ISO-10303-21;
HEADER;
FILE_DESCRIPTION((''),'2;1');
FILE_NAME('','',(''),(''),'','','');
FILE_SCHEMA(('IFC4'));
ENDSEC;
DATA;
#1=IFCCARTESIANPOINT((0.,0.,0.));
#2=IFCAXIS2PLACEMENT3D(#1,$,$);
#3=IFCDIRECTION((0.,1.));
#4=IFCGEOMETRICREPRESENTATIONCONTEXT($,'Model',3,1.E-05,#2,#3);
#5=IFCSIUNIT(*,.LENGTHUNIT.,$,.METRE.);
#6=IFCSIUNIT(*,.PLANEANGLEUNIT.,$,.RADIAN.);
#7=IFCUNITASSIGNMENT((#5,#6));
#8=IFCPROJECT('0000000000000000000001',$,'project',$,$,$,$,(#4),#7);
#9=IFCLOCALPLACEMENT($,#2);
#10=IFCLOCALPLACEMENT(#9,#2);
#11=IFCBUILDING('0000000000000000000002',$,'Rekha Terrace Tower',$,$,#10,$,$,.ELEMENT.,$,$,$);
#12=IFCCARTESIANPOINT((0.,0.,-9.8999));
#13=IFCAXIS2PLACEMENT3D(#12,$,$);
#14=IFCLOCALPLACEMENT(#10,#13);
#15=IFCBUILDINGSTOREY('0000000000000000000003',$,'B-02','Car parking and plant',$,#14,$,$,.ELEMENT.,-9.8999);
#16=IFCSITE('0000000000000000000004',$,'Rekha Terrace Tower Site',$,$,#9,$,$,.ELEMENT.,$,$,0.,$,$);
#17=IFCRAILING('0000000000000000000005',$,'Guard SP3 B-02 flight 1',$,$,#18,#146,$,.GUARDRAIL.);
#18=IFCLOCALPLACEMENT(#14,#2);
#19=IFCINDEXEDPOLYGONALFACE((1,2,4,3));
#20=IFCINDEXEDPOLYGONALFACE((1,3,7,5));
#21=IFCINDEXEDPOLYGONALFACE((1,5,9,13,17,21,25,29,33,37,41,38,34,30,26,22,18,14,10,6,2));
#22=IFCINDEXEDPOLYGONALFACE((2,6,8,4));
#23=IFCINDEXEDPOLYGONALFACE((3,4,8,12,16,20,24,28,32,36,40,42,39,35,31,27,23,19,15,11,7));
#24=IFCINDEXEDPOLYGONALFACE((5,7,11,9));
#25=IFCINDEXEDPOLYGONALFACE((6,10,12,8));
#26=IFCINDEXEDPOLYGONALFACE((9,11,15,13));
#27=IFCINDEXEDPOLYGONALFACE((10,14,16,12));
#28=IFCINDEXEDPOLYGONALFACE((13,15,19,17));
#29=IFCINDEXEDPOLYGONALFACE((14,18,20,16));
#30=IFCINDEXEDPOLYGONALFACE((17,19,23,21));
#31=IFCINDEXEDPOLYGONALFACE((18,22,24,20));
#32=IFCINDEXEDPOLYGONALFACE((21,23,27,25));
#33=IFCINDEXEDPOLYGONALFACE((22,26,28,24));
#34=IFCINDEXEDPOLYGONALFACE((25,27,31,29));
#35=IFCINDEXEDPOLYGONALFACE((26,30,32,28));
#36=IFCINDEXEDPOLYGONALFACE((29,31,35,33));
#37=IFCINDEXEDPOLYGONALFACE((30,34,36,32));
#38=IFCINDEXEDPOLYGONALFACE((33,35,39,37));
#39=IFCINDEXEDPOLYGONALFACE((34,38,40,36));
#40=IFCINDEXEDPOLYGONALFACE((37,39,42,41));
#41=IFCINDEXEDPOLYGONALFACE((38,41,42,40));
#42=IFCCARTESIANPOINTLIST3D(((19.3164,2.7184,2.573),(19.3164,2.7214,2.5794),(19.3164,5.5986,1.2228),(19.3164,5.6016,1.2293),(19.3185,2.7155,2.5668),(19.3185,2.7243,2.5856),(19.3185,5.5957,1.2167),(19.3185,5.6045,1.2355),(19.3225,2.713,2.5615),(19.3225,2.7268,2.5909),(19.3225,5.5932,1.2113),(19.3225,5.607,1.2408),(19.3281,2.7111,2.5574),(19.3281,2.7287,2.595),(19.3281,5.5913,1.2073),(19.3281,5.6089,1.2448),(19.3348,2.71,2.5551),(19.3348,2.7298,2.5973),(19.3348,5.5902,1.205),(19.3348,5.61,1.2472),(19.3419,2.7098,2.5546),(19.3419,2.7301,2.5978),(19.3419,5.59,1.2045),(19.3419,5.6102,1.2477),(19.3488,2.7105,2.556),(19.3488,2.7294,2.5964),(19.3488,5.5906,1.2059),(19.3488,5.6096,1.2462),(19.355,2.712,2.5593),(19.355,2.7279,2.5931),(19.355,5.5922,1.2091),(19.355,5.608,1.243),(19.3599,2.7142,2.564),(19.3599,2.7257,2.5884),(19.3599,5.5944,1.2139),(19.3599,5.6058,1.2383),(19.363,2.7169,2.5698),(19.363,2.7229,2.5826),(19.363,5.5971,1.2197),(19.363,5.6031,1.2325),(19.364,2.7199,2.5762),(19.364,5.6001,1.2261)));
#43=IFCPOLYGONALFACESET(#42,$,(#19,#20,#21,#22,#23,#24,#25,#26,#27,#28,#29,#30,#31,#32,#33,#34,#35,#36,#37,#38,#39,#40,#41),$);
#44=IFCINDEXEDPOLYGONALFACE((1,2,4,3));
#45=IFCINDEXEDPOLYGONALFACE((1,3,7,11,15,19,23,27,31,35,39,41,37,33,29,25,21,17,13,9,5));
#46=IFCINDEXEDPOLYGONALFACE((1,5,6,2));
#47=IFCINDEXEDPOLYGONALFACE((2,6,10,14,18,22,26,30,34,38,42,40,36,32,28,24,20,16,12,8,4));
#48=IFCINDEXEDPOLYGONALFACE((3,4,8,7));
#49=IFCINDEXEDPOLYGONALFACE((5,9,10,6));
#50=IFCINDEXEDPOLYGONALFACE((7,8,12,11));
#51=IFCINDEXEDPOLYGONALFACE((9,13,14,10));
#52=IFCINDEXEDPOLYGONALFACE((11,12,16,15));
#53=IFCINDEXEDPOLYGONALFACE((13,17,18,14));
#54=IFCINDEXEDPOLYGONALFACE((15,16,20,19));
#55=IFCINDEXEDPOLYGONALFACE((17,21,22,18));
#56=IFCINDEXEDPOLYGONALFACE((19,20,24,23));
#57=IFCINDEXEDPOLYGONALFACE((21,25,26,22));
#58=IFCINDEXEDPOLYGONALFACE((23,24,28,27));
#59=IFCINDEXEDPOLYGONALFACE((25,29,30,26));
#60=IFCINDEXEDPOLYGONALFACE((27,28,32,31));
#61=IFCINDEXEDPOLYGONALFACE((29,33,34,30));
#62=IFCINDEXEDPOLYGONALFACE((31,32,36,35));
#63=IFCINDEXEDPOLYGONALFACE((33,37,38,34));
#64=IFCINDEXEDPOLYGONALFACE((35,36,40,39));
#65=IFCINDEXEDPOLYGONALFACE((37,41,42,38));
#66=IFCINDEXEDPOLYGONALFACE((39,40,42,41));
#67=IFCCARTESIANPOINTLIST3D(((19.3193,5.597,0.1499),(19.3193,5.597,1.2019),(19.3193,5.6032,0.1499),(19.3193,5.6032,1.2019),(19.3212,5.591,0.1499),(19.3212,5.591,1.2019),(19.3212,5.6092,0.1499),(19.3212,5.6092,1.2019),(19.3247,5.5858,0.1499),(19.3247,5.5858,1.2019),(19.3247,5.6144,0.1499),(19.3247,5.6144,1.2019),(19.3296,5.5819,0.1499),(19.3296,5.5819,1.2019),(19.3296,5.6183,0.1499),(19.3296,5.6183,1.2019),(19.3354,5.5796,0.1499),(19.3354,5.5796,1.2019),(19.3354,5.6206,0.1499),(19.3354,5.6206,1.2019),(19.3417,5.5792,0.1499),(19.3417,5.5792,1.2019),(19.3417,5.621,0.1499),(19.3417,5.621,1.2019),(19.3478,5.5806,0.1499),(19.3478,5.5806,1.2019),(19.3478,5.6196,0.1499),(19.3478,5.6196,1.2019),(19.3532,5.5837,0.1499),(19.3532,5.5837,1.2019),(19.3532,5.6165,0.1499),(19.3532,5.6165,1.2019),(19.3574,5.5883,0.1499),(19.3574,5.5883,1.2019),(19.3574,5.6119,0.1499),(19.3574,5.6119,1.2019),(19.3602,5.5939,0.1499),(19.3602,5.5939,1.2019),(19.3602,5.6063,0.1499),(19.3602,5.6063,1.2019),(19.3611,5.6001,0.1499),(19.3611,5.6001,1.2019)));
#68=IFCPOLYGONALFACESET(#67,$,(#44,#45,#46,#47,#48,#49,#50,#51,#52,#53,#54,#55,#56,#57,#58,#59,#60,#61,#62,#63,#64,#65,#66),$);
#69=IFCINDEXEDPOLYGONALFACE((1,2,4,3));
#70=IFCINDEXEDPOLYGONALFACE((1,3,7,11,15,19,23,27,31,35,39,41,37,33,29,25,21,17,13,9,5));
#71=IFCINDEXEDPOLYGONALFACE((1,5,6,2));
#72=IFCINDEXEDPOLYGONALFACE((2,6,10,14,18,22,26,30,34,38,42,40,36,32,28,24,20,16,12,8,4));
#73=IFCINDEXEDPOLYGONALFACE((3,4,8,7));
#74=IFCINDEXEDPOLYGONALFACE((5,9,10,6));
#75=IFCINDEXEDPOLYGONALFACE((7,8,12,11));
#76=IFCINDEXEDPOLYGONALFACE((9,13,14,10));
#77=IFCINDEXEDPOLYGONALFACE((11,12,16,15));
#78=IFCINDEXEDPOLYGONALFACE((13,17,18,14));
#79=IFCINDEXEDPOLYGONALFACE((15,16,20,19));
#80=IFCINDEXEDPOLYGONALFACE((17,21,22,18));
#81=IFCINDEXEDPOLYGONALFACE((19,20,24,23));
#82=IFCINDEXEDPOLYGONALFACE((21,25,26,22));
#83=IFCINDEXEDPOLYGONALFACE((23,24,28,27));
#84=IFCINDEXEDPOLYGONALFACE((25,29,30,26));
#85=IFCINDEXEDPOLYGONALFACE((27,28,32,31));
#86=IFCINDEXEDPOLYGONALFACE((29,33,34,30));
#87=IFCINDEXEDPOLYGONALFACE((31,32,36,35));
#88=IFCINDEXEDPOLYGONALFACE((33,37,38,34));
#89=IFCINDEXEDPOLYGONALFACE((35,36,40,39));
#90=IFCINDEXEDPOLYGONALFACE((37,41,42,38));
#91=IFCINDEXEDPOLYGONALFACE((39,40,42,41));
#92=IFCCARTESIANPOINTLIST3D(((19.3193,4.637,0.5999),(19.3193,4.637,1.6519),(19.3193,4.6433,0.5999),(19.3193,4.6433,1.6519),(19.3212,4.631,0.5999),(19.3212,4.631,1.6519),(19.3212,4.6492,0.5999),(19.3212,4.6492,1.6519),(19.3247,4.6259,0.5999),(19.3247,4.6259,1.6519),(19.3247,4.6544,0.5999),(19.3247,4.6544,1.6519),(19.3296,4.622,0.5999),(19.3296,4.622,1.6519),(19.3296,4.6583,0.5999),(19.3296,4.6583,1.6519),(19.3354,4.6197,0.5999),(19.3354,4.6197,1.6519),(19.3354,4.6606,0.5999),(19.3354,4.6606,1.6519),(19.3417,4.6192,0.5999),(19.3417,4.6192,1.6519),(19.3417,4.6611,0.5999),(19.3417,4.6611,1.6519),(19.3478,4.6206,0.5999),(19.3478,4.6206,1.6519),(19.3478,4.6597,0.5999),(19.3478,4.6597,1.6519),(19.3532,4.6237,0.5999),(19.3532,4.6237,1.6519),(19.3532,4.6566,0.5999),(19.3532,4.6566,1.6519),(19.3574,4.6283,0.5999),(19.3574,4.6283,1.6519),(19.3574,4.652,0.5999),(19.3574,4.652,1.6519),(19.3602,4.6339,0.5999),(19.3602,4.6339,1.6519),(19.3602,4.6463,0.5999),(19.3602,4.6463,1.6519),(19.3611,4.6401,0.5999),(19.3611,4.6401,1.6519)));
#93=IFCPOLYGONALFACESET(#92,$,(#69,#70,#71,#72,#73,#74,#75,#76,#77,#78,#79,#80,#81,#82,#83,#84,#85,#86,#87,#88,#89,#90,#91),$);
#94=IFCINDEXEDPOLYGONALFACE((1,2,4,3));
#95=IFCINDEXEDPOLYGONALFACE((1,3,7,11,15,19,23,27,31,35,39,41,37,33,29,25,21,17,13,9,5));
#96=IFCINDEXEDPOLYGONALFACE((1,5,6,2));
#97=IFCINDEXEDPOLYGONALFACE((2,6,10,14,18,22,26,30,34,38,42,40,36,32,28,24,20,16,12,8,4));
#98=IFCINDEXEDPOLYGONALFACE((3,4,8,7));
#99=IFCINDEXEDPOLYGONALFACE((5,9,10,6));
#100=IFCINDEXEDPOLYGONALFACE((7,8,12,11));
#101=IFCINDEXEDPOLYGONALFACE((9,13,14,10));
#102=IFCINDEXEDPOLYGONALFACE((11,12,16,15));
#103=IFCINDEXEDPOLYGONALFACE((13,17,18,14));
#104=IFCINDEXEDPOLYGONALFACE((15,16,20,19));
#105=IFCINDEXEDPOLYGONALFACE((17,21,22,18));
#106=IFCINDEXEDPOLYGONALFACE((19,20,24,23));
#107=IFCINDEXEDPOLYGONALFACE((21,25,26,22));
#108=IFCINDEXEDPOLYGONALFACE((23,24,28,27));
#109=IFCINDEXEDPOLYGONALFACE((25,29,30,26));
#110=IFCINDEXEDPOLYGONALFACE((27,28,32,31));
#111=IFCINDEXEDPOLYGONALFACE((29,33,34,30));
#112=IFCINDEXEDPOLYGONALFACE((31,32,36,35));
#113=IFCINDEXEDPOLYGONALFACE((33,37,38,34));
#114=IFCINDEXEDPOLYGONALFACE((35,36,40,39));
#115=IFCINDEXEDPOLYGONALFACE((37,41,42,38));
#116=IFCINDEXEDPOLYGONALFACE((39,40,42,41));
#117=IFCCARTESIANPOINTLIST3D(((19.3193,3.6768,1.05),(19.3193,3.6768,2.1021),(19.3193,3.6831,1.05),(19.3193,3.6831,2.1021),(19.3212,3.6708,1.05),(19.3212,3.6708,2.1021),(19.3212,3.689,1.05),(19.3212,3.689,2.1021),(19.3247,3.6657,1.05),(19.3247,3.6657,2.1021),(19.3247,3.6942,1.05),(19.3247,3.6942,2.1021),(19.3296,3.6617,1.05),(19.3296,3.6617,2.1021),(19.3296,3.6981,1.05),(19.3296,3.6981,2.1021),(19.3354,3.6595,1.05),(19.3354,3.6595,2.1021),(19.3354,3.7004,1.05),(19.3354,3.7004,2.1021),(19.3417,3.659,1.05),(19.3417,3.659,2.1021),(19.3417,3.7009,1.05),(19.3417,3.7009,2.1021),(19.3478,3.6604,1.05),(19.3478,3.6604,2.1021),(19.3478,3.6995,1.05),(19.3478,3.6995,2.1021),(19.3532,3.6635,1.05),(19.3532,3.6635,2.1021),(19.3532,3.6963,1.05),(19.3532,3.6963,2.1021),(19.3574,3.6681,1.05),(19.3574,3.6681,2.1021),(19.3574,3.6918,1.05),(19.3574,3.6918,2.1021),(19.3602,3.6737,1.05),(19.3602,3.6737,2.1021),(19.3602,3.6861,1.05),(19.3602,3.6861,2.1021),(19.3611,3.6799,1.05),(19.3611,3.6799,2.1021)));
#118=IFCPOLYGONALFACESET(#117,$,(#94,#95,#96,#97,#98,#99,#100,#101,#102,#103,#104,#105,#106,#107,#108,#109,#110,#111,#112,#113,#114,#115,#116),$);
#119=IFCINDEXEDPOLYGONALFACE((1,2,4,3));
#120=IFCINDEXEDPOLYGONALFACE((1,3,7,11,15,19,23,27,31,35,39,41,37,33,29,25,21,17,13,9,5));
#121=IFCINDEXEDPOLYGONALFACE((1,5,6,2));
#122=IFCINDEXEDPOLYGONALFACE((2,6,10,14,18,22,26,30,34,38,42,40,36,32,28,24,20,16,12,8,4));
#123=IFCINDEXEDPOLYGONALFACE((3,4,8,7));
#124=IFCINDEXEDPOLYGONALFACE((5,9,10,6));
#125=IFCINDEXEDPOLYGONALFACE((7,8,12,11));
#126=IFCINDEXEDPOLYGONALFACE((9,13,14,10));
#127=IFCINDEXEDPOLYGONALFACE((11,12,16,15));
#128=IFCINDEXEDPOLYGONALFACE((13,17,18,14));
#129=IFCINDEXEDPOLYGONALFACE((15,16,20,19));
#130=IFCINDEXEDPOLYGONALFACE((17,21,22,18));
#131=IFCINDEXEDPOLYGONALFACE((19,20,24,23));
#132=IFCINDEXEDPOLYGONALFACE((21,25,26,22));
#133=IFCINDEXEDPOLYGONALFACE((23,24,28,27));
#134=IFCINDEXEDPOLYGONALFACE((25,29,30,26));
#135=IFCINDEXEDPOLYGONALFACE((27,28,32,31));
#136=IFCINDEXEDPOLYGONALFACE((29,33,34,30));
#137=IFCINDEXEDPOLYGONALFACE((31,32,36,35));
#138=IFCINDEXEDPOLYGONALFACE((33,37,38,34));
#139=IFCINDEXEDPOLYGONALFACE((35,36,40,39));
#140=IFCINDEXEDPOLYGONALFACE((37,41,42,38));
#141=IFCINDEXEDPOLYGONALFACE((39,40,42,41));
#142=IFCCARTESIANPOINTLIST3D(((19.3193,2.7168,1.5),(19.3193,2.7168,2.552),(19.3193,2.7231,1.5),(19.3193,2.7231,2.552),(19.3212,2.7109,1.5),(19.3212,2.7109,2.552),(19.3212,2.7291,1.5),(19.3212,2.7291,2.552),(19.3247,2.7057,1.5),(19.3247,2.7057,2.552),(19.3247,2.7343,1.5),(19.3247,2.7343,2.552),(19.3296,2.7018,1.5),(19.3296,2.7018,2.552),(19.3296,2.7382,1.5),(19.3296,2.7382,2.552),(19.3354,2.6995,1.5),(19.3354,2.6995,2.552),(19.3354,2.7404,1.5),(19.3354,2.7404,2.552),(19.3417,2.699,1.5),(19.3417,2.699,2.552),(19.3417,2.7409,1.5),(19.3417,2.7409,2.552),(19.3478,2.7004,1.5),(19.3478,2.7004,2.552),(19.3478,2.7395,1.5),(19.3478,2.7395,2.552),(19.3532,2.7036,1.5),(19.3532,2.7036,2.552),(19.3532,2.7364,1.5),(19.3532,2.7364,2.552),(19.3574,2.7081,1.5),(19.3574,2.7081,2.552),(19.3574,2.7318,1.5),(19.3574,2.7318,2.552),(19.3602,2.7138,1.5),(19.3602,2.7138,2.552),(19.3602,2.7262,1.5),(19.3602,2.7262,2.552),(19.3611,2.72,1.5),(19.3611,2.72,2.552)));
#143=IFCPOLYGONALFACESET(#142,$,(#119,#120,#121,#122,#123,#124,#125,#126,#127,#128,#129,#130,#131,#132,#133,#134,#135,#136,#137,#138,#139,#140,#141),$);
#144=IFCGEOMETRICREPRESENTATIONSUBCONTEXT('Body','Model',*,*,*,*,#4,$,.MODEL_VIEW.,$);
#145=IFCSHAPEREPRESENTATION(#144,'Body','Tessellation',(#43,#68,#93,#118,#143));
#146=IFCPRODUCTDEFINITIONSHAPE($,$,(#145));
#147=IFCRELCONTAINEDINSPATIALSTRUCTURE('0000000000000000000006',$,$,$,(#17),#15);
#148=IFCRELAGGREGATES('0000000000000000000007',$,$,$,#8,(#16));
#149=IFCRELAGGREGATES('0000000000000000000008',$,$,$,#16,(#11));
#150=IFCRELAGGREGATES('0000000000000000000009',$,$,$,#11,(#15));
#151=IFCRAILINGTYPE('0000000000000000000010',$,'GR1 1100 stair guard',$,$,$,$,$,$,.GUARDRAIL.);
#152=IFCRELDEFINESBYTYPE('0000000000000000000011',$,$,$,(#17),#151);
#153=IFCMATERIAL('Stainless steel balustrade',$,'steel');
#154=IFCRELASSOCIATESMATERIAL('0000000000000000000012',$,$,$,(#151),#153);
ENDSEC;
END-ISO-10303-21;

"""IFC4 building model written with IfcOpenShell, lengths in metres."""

from ifc_helpers import new_model, si_unit, direction, frame, origin, origin_2d, place, context, subcontext, project, spatial, circle, extrude, material, type_object, element, save


model = new_model("IFC4")

# Units and contexts
model_context = context("Model", 3, precision=1e-05, world=origin(), true_north=direction((0.0, 1.0)))
body_context = subcontext(model_context, "Body", "Model", "MODEL_VIEW")
ifc_project = project(units=[si_unit("LENGTHUNIT", "METRE"), si_unit("PLANEANGLEUNIT", "RADIAN")], contexts=[model_context])

# Site, building, storey
site_placement = place(None, origin())
site = spatial("IfcSite", under=ifc_project, at=site_placement, Name="Rekha Terrace Tower Site", CompositionType="ELEMENT", RefElevation=0.0)
building_placement = place(site_placement, origin())
building = spatial("IfcBuilding", under=site, at=building_placement, Name="Rekha Terrace Tower", CompositionType="ELEMENT")
storey_placement = place(building_placement, frame((0.0, 0.0, -9.8999)))
storey = spatial("IfcBuildingStorey", under=building, at=storey_placement, Name="B-02", Description="Car parking and plant", CompositionType="ELEMENT", Elevation=-9.8999)

# Railing
ifc_material_1 = material(Name="Stainless steel balustrade", Category="steel")
railing_type_1 = type_object("IfcRailingType", Name="GR1 1100 stair guard", PredefinedType="GUARDRAIL", material=ifc_material_1)
railing_1_placement = place(storey_placement, frame((19.3401, 5.6001, 0.1499)))
element("IfcRailing", 1, at=railing_1_placement, inside=storey, type_object=railing_type_1, Name="Guard SP3 B-02 flight 1", PredefinedType="GUARDRAIL", context=body_context, shape_type="SweptSolid", body=[
    extrude(circle(Radius=0.0239, at=origin_2d()), frame((0.0, 0.0, 1.0762), z_axis=(0.0, -0.905454, 0.424444), x_axis=(1.0, 0.0, 0.0)), (0.0, 0.0, 1.0), 3.1809),
    extrude(circle(Radius=0.021, at=origin_2d()), origin(), (0.0, 0.0, 1.0), 1.052),
    extrude(circle(Radius=0.021, at=origin_2d()), frame((0.0, -0.96, 0.45)), (0.0, 0.0, 1.0), 1.052),
    extrude(circle(Radius=0.021, at=origin_2d()), frame((0.0, -1.9202, 0.9001)), (0.0, 0.0, 1.0), 1.052),
    extrude(circle(Radius=0.021, at=origin_2d()), frame((0.0, -2.8801, 1.3501)), (0.0, 0.0, 1.0), 1.052),
])

save(model, "model.ifc")
